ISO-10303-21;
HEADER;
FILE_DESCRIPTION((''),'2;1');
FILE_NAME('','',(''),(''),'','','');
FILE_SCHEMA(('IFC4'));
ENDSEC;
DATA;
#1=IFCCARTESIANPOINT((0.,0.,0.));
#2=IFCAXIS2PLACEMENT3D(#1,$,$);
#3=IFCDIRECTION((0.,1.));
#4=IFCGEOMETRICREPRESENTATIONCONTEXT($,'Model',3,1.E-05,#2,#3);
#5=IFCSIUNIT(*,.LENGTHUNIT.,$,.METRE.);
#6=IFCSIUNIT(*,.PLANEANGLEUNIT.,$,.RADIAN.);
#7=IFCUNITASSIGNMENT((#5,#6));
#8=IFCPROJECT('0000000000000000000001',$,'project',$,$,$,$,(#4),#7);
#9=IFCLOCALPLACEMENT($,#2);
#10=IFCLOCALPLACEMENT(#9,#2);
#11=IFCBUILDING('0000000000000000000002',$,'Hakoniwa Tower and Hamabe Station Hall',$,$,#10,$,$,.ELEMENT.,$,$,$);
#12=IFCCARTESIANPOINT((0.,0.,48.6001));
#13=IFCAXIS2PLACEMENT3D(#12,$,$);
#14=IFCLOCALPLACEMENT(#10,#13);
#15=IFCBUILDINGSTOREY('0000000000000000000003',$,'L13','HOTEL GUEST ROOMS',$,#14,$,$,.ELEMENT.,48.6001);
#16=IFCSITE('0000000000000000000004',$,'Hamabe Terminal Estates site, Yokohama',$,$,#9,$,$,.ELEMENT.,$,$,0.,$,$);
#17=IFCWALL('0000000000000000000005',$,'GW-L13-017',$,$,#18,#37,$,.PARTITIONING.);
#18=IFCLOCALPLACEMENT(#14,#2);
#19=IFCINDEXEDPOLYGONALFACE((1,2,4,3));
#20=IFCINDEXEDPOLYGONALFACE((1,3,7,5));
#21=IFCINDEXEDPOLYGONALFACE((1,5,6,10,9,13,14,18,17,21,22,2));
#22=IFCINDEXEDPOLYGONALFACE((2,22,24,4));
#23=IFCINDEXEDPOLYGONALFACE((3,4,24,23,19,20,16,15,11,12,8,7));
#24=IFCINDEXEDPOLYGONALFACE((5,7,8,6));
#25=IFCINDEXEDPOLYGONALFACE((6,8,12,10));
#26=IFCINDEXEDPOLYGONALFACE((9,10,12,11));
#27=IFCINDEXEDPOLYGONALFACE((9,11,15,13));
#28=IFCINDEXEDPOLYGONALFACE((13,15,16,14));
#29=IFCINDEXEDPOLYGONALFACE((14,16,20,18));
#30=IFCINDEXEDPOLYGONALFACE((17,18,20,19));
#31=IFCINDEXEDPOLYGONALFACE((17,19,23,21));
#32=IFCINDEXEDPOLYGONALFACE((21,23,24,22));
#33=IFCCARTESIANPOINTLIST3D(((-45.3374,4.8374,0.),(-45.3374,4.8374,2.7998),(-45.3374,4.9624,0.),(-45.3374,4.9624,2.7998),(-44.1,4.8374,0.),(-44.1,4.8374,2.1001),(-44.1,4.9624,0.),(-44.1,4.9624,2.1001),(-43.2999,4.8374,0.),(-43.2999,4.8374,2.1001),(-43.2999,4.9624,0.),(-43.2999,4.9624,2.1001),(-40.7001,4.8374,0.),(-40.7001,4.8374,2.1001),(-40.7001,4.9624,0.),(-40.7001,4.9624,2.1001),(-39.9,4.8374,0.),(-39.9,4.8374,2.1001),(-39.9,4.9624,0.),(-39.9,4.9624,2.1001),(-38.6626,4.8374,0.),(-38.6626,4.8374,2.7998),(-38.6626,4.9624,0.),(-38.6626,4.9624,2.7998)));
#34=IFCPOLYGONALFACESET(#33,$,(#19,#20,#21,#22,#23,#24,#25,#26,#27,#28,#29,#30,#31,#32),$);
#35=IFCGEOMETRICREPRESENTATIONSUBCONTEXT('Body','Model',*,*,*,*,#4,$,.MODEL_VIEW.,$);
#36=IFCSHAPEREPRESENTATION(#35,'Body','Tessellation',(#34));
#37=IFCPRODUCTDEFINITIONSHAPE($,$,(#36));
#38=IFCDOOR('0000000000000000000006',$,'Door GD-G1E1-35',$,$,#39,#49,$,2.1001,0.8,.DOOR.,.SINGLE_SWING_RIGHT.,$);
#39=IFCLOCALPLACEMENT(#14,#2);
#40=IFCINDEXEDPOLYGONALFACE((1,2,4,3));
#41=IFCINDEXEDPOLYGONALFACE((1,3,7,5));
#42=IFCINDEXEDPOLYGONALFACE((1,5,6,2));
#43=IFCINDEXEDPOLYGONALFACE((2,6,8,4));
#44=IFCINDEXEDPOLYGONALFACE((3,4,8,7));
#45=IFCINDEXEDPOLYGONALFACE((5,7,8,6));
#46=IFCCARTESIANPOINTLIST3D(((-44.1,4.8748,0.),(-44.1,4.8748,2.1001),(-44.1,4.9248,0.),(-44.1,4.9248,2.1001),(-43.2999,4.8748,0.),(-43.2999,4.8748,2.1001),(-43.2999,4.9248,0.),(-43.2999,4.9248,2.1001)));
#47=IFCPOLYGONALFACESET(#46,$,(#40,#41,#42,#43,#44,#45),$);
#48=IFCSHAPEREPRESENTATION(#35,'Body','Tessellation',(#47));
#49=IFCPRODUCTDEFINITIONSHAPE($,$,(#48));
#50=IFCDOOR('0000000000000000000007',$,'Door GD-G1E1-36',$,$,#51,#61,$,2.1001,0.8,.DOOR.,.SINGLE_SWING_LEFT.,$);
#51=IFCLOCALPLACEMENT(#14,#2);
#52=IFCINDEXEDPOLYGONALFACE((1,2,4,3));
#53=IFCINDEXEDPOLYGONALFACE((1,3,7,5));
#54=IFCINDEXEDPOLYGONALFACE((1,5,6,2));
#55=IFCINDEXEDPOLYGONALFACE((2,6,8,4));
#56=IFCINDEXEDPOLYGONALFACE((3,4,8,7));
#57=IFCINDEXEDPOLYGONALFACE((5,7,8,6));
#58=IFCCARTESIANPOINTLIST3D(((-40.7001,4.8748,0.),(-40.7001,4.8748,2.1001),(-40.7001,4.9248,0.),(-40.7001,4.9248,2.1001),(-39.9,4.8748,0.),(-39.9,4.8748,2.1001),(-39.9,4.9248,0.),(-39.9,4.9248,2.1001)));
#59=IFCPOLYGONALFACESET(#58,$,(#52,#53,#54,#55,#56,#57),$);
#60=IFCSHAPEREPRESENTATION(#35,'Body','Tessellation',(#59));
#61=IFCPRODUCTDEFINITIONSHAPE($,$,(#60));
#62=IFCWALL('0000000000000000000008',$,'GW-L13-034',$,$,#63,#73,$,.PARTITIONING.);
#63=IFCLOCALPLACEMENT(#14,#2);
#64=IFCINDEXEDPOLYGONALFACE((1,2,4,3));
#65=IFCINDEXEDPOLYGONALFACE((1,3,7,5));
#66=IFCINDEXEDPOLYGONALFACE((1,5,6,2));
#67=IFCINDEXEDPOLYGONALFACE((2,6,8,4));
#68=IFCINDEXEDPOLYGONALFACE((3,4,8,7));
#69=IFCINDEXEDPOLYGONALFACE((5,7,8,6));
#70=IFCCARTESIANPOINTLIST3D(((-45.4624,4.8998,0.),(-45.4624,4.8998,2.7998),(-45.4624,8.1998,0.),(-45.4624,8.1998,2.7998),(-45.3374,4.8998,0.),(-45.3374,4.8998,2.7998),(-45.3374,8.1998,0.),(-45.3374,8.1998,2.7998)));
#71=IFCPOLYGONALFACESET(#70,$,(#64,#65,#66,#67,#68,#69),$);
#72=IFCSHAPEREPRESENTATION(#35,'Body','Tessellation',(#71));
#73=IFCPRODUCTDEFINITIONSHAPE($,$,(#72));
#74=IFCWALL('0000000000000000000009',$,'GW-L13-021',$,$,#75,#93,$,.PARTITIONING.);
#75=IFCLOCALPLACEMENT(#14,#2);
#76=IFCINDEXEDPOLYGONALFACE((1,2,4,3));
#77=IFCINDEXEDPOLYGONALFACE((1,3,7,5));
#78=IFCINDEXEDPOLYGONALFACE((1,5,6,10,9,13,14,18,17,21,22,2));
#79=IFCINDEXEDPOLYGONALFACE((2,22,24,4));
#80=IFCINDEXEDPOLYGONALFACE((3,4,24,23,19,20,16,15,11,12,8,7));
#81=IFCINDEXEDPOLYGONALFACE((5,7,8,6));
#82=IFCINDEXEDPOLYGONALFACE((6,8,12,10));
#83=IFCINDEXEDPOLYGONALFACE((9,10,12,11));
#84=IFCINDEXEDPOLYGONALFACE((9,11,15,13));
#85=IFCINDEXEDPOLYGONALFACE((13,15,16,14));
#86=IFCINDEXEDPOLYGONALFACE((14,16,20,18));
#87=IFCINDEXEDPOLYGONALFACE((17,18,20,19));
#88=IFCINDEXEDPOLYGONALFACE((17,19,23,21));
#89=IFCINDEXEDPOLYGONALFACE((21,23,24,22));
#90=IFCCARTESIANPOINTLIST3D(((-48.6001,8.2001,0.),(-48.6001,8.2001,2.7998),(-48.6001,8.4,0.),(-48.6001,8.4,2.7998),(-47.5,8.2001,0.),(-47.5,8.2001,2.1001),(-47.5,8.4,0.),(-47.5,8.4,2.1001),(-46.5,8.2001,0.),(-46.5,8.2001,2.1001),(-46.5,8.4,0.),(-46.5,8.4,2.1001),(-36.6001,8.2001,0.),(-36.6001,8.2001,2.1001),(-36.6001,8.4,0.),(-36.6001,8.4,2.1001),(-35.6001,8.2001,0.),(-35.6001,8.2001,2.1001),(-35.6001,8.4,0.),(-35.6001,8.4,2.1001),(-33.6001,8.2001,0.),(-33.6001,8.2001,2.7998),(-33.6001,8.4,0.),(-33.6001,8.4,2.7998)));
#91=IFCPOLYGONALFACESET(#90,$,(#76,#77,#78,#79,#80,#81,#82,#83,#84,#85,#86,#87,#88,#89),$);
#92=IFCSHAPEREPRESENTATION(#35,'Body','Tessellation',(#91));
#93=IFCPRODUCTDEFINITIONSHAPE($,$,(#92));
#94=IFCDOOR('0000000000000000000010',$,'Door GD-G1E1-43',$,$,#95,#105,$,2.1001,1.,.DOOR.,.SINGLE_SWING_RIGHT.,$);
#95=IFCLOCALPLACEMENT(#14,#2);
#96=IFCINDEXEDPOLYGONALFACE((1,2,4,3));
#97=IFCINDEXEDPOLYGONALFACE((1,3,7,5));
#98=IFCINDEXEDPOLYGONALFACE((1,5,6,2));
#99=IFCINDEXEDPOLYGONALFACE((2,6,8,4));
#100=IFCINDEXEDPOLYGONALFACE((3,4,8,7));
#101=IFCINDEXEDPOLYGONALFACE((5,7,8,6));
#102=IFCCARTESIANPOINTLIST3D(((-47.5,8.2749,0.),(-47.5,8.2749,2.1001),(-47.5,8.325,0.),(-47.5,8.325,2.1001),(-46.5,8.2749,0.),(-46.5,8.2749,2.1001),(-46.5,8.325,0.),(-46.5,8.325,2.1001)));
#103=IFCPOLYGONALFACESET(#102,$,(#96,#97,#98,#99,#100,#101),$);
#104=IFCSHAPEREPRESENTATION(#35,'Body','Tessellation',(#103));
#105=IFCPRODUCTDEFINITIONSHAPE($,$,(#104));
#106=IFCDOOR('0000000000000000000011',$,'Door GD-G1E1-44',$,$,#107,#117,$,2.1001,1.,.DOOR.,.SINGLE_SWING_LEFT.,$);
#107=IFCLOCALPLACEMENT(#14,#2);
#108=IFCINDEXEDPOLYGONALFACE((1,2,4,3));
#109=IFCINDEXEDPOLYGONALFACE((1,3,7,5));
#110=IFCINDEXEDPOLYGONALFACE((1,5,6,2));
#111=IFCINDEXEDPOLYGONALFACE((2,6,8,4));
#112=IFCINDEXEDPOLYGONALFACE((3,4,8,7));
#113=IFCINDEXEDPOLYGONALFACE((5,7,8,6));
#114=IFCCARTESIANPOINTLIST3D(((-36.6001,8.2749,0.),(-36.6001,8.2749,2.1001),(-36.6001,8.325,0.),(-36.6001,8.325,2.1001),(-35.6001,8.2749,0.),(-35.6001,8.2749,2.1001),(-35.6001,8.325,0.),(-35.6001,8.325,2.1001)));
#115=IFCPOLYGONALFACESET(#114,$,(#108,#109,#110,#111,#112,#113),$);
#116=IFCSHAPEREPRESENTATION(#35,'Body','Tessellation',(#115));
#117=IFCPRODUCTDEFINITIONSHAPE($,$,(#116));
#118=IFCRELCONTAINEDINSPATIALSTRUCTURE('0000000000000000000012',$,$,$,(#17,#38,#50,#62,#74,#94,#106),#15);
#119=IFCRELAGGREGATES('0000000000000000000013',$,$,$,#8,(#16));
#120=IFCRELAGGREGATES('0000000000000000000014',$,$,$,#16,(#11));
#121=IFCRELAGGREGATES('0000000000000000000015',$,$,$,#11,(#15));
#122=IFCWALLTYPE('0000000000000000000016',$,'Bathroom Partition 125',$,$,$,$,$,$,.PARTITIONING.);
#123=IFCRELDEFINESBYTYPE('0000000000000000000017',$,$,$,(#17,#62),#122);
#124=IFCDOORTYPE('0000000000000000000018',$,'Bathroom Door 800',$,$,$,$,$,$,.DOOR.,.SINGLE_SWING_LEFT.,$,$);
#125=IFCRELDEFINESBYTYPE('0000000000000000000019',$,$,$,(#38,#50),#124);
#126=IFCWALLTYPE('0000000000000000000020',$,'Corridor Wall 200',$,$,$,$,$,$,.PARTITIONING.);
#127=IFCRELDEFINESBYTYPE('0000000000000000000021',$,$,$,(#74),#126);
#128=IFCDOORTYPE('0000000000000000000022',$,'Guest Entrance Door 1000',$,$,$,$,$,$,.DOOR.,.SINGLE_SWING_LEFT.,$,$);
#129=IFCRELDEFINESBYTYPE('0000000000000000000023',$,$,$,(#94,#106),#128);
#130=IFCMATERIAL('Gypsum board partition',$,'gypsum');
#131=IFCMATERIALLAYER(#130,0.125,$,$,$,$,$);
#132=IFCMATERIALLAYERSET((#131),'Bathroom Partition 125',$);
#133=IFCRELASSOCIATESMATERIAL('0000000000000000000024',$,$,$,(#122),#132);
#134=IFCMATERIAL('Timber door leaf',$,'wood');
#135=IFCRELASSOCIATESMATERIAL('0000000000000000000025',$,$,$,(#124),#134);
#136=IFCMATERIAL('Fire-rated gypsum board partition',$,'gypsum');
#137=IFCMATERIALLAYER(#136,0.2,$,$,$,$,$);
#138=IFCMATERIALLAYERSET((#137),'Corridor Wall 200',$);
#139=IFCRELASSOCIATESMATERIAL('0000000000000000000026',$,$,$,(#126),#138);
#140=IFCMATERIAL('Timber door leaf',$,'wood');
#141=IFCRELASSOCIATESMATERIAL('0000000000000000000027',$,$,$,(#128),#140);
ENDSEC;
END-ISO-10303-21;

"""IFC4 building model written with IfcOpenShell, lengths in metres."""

from ifc_helpers import new_model, si_unit, direction, frame, frame_2d, origin, place, context, subcontext, project, spatial, rectangle, extrude, material, layer, layer_set, type_object, element, fill, save


model = new_model("IFC4")

# Units and contexts
model_context = context("Model", 3, precision=1e-05, world=origin(), true_north=direction((0.0, 1.0)))
body_context = subcontext(model_context, "Body", "Model", "MODEL_VIEW")
ifc_project = project(units=[si_unit("LENGTHUNIT", "METRE"), si_unit("PLANEANGLEUNIT", "RADIAN")], contexts=[model_context])

# Site, building, storey
site_placement = place(None, origin())
site = spatial("IfcSite", under=ifc_project, at=site_placement, Name="Hamabe Terminal Estates site, Yokohama", CompositionType="ELEMENT", RefElevation=0.0)
building_placement = place(site_placement, origin())
building = spatial("IfcBuilding", under=site, at=building_placement, Name="Hakoniwa Tower and Hamabe Station Hall", CompositionType="ELEMENT")
storey_placement = place(building_placement, frame((0.0, 0.0, 48.6001)))
storey = spatial("IfcBuildingStorey", under=building, at=storey_placement, Name="L13", Description="HOTEL GUEST ROOMS", CompositionType="ELEMENT", Elevation=48.6001)

# Wall, openings, doors
ifc_material_1 = material(Name="Gypsum board partition", Category="gypsum")
ifc_layer_1 = layer(ifc_material_1, 0.125)
ifc_layer_set_1 = layer_set([ifc_layer_1], Name="Bathroom Partition 125")
wall_type_1 = type_object("IfcWallType", Name="Bathroom Partition 125", PredefinedType="PARTITIONING", material=ifc_layer_set_1)
wall_1_placement = place(storey_placement, frame((-45.3374, 4.8999, 0.0), z_axis=(0.0, 0.0, 1.0), x_axis=(1.0, 0.0, 0.0)))
wall_1 = element("IfcWall", 1, at=wall_1_placement, inside=storey, type_object=wall_type_1, Name="GW-L13-017", PredefinedType="PARTITIONING", context=body_context, shape_type="SweptSolid", body=[
    extrude(rectangle(XDim=6.6748, YDim=0.125, at=frame_2d((3.3374, 0.0))), origin(), (0.0, 0.0, 1.0), 2.7998),
])
opening_1_placement = place(wall_1_placement, frame((1.2375, 0.0, 0.0)))
opening_1 = element("IfcOpeningElement", 2, at=opening_1_placement, cuts=wall_1, PredefinedType="OPENING", context=body_context, shape_type="SweptSolid", body=[
    extrude(rectangle(XDim=0.8, YDim=2.1001, at=frame_2d((0.3999, 1.05))), frame((0.0, 0.0725, 0.0), z_axis=(0.0, -1.0, 0.0), x_axis=(1.0, 0.0, 0.0)), (0.0, 0.0, 1.0), 0.145),
])
opening_2_placement = place(wall_1_placement, frame((4.6375, 0.0, 0.0)))
opening_2 = element("IfcOpeningElement", 3, at=opening_2_placement, cuts=wall_1, PredefinedType="OPENING", context=body_context, shape_type="SweptSolid", body=[
    extrude(rectangle(XDim=0.8, YDim=2.1001, at=frame_2d((0.3999, 1.05))), frame((0.0, 0.0725, 0.0), z_axis=(0.0, -1.0, 0.0), x_axis=(1.0, 0.0, 0.0)), (0.0, 0.0, 1.0), 0.145),
])
ifc_material_2 = material(Name="Timber door leaf", Category="wood")
door_type_1 = type_object("IfcDoorType", Name="Bathroom Door 800", OperationType="SINGLE_SWING_LEFT", PredefinedType="DOOR", material=ifc_material_2)
door_1_placement = place(opening_1_placement, origin())
door_1 = element("IfcDoor", 4, at=door_1_placement, inside=storey, type_object=door_type_1, Name="Door GD-G1E1-35", OperationType="SINGLE_SWING_RIGHT", OverallHeight=2.1001, OverallWidth=0.8, PredefinedType="DOOR", context=body_context, shape_type="SweptSolid", body=[
    extrude(rectangle(XDim=0.8, YDim=2.1001, at=frame_2d((0.3999, 1.05))), frame((0.0, 0.0249, 0.0), z_axis=(0.0, -1.0, 0.0), x_axis=(1.0, 0.0, 0.0)), (0.0, 0.0, 1.0), 0.05),
])
fill(opening_1, door_1)
door_2_placement = place(opening_2_placement, origin())
door_2 = element("IfcDoor", 5, at=door_2_placement, inside=storey, type_object=door_type_1, Name="Door GD-G1E1-36", OperationType="SINGLE_SWING_LEFT", OverallHeight=2.1001, OverallWidth=0.8, PredefinedType="DOOR", context=body_context, shape_type="SweptSolid", body=[
    extrude(rectangle(XDim=0.8, YDim=2.1001, at=frame_2d((0.3999, 1.05))), frame((0.0, 0.0249, 0.0), z_axis=(0.0, -1.0, 0.0), x_axis=(1.0, 0.0, 0.0)), (0.0, 0.0, 1.0), 0.05),
])
fill(opening_2, door_2)

# Wall
wall_2_placement = place(storey_placement, frame((-45.3999, 4.8999, 0.0), z_axis=(0.0, 0.0, 1.0), x_axis=(0.0, 1.0, 0.0)))
element("IfcWall", 6, at=wall_2_placement, inside=storey, type_object=wall_type_1, Name="GW-L13-034", PredefinedType="PARTITIONING", context=body_context, shape_type="SweptSolid", body=[
    extrude(rectangle(XDim=3.3, YDim=0.125, at=frame_2d((1.6499, 0.0))), origin(), (0.0, 0.0, 1.0), 2.7998),
])

# Wall, openings, doors
ifc_material_3 = material(Name="Fire-rated gypsum board partition", Category="gypsum")
ifc_layer_2 = layer(ifc_material_3, 0.2)
ifc_layer_set_2 = layer_set([ifc_layer_2], Name="Corridor Wall 200")
wall_type_2 = type_object("IfcWallType", Name="Corridor Wall 200", PredefinedType="PARTITIONING", material=ifc_layer_set_2)
wall_3_placement = place(storey_placement, frame((-48.6001, 8.3, 0.0), z_axis=(0.0, 0.0, 1.0), x_axis=(1.0, 0.0, 0.0)))
wall_3 = element("IfcWall", 7, at=wall_3_placement, inside=storey, type_object=wall_type_2, Name="GW-L13-021", PredefinedType="PARTITIONING", context=body_context, shape_type="SweptSolid", body=[
    extrude(rectangle(XDim=15.0, YDim=0.2, at=frame_2d((7.5, 0.0))), origin(), (0.0, 0.0, 1.0), 2.7998),
])
opening_3_placement = place(wall_3_placement, frame((1.1001, 0.0, 0.0)))
opening_3 = element("IfcOpeningElement", 8, at=opening_3_placement, cuts=wall_3, PredefinedType="OPENING", context=body_context, shape_type="SweptSolid", body=[
    extrude(rectangle(XDim=1.0, YDim=2.1001, at=frame_2d((0.5, 1.05))), frame((0.0, 0.1099, 0.0), z_axis=(0.0, -1.0, 0.0), x_axis=(1.0, 0.0, 0.0)), (0.0, 0.0, 1.0), 0.22),
])
opening_4_placement = place(wall_3_placement, frame((12.0, 0.0, 0.0)))
opening_4 = element("IfcOpeningElement", 9, at=opening_4_placement, cuts=wall_3, PredefinedType="OPENING", context=body_context, shape_type="SweptSolid", body=[
    extrude(rectangle(XDim=1.0, YDim=2.1001, at=frame_2d((0.5, 1.05))), frame((0.0, 0.1099, 0.0), z_axis=(0.0, -1.0, 0.0), x_axis=(1.0, 0.0, 0.0)), (0.0, 0.0, 1.0), 0.22),
])
ifc_material_4 = material(Name="Timber door leaf", Category="wood")
door_type_2 = type_object("IfcDoorType", Name="Guest Entrance Door 1000", OperationType="SINGLE_SWING_LEFT", PredefinedType="DOOR", material=ifc_material_4)
door_3_placement = place(opening_3_placement, origin())
door_3 = element("IfcDoor", 10, at=door_3_placement, inside=storey, type_object=door_type_2, Name="Door GD-G1E1-43", OperationType="SINGLE_SWING_RIGHT", OverallHeight=2.1001, OverallWidth=1.0, PredefinedType="DOOR", context=body_context, shape_type="SweptSolid", body=[
    extrude(rectangle(XDim=1.0, YDim=2.1001, at=frame_2d((0.5, 1.05))), frame((0.0, 0.0249, 0.0), z_axis=(0.0, -1.0, 0.0), x_axis=(1.0, 0.0, 0.0)), (0.0, 0.0, 1.0), 0.05),
])
fill(opening_3, door_3)
door_4_placement = place(opening_4_placement, origin())
door_4 = element("IfcDoor", 11, at=door_4_placement, inside=storey, type_object=door_type_2, Name="Door GD-G1E1-44", OperationType="SINGLE_SWING_LEFT", OverallHeight=2.1001, OverallWidth=1.0, PredefinedType="DOOR", context=body_context, shape_type="SweptSolid", body=[
    extrude(rectangle(XDim=1.0, YDim=2.1001, at=frame_2d((0.5, 1.05))), frame((0.0, 0.0249, 0.0), z_axis=(0.0, -1.0, 0.0), x_axis=(1.0, 0.0, 0.0)), (0.0, 0.0, 1.0), 0.05),
])
fill(opening_4, door_4)

save(model, "model.ifc")
